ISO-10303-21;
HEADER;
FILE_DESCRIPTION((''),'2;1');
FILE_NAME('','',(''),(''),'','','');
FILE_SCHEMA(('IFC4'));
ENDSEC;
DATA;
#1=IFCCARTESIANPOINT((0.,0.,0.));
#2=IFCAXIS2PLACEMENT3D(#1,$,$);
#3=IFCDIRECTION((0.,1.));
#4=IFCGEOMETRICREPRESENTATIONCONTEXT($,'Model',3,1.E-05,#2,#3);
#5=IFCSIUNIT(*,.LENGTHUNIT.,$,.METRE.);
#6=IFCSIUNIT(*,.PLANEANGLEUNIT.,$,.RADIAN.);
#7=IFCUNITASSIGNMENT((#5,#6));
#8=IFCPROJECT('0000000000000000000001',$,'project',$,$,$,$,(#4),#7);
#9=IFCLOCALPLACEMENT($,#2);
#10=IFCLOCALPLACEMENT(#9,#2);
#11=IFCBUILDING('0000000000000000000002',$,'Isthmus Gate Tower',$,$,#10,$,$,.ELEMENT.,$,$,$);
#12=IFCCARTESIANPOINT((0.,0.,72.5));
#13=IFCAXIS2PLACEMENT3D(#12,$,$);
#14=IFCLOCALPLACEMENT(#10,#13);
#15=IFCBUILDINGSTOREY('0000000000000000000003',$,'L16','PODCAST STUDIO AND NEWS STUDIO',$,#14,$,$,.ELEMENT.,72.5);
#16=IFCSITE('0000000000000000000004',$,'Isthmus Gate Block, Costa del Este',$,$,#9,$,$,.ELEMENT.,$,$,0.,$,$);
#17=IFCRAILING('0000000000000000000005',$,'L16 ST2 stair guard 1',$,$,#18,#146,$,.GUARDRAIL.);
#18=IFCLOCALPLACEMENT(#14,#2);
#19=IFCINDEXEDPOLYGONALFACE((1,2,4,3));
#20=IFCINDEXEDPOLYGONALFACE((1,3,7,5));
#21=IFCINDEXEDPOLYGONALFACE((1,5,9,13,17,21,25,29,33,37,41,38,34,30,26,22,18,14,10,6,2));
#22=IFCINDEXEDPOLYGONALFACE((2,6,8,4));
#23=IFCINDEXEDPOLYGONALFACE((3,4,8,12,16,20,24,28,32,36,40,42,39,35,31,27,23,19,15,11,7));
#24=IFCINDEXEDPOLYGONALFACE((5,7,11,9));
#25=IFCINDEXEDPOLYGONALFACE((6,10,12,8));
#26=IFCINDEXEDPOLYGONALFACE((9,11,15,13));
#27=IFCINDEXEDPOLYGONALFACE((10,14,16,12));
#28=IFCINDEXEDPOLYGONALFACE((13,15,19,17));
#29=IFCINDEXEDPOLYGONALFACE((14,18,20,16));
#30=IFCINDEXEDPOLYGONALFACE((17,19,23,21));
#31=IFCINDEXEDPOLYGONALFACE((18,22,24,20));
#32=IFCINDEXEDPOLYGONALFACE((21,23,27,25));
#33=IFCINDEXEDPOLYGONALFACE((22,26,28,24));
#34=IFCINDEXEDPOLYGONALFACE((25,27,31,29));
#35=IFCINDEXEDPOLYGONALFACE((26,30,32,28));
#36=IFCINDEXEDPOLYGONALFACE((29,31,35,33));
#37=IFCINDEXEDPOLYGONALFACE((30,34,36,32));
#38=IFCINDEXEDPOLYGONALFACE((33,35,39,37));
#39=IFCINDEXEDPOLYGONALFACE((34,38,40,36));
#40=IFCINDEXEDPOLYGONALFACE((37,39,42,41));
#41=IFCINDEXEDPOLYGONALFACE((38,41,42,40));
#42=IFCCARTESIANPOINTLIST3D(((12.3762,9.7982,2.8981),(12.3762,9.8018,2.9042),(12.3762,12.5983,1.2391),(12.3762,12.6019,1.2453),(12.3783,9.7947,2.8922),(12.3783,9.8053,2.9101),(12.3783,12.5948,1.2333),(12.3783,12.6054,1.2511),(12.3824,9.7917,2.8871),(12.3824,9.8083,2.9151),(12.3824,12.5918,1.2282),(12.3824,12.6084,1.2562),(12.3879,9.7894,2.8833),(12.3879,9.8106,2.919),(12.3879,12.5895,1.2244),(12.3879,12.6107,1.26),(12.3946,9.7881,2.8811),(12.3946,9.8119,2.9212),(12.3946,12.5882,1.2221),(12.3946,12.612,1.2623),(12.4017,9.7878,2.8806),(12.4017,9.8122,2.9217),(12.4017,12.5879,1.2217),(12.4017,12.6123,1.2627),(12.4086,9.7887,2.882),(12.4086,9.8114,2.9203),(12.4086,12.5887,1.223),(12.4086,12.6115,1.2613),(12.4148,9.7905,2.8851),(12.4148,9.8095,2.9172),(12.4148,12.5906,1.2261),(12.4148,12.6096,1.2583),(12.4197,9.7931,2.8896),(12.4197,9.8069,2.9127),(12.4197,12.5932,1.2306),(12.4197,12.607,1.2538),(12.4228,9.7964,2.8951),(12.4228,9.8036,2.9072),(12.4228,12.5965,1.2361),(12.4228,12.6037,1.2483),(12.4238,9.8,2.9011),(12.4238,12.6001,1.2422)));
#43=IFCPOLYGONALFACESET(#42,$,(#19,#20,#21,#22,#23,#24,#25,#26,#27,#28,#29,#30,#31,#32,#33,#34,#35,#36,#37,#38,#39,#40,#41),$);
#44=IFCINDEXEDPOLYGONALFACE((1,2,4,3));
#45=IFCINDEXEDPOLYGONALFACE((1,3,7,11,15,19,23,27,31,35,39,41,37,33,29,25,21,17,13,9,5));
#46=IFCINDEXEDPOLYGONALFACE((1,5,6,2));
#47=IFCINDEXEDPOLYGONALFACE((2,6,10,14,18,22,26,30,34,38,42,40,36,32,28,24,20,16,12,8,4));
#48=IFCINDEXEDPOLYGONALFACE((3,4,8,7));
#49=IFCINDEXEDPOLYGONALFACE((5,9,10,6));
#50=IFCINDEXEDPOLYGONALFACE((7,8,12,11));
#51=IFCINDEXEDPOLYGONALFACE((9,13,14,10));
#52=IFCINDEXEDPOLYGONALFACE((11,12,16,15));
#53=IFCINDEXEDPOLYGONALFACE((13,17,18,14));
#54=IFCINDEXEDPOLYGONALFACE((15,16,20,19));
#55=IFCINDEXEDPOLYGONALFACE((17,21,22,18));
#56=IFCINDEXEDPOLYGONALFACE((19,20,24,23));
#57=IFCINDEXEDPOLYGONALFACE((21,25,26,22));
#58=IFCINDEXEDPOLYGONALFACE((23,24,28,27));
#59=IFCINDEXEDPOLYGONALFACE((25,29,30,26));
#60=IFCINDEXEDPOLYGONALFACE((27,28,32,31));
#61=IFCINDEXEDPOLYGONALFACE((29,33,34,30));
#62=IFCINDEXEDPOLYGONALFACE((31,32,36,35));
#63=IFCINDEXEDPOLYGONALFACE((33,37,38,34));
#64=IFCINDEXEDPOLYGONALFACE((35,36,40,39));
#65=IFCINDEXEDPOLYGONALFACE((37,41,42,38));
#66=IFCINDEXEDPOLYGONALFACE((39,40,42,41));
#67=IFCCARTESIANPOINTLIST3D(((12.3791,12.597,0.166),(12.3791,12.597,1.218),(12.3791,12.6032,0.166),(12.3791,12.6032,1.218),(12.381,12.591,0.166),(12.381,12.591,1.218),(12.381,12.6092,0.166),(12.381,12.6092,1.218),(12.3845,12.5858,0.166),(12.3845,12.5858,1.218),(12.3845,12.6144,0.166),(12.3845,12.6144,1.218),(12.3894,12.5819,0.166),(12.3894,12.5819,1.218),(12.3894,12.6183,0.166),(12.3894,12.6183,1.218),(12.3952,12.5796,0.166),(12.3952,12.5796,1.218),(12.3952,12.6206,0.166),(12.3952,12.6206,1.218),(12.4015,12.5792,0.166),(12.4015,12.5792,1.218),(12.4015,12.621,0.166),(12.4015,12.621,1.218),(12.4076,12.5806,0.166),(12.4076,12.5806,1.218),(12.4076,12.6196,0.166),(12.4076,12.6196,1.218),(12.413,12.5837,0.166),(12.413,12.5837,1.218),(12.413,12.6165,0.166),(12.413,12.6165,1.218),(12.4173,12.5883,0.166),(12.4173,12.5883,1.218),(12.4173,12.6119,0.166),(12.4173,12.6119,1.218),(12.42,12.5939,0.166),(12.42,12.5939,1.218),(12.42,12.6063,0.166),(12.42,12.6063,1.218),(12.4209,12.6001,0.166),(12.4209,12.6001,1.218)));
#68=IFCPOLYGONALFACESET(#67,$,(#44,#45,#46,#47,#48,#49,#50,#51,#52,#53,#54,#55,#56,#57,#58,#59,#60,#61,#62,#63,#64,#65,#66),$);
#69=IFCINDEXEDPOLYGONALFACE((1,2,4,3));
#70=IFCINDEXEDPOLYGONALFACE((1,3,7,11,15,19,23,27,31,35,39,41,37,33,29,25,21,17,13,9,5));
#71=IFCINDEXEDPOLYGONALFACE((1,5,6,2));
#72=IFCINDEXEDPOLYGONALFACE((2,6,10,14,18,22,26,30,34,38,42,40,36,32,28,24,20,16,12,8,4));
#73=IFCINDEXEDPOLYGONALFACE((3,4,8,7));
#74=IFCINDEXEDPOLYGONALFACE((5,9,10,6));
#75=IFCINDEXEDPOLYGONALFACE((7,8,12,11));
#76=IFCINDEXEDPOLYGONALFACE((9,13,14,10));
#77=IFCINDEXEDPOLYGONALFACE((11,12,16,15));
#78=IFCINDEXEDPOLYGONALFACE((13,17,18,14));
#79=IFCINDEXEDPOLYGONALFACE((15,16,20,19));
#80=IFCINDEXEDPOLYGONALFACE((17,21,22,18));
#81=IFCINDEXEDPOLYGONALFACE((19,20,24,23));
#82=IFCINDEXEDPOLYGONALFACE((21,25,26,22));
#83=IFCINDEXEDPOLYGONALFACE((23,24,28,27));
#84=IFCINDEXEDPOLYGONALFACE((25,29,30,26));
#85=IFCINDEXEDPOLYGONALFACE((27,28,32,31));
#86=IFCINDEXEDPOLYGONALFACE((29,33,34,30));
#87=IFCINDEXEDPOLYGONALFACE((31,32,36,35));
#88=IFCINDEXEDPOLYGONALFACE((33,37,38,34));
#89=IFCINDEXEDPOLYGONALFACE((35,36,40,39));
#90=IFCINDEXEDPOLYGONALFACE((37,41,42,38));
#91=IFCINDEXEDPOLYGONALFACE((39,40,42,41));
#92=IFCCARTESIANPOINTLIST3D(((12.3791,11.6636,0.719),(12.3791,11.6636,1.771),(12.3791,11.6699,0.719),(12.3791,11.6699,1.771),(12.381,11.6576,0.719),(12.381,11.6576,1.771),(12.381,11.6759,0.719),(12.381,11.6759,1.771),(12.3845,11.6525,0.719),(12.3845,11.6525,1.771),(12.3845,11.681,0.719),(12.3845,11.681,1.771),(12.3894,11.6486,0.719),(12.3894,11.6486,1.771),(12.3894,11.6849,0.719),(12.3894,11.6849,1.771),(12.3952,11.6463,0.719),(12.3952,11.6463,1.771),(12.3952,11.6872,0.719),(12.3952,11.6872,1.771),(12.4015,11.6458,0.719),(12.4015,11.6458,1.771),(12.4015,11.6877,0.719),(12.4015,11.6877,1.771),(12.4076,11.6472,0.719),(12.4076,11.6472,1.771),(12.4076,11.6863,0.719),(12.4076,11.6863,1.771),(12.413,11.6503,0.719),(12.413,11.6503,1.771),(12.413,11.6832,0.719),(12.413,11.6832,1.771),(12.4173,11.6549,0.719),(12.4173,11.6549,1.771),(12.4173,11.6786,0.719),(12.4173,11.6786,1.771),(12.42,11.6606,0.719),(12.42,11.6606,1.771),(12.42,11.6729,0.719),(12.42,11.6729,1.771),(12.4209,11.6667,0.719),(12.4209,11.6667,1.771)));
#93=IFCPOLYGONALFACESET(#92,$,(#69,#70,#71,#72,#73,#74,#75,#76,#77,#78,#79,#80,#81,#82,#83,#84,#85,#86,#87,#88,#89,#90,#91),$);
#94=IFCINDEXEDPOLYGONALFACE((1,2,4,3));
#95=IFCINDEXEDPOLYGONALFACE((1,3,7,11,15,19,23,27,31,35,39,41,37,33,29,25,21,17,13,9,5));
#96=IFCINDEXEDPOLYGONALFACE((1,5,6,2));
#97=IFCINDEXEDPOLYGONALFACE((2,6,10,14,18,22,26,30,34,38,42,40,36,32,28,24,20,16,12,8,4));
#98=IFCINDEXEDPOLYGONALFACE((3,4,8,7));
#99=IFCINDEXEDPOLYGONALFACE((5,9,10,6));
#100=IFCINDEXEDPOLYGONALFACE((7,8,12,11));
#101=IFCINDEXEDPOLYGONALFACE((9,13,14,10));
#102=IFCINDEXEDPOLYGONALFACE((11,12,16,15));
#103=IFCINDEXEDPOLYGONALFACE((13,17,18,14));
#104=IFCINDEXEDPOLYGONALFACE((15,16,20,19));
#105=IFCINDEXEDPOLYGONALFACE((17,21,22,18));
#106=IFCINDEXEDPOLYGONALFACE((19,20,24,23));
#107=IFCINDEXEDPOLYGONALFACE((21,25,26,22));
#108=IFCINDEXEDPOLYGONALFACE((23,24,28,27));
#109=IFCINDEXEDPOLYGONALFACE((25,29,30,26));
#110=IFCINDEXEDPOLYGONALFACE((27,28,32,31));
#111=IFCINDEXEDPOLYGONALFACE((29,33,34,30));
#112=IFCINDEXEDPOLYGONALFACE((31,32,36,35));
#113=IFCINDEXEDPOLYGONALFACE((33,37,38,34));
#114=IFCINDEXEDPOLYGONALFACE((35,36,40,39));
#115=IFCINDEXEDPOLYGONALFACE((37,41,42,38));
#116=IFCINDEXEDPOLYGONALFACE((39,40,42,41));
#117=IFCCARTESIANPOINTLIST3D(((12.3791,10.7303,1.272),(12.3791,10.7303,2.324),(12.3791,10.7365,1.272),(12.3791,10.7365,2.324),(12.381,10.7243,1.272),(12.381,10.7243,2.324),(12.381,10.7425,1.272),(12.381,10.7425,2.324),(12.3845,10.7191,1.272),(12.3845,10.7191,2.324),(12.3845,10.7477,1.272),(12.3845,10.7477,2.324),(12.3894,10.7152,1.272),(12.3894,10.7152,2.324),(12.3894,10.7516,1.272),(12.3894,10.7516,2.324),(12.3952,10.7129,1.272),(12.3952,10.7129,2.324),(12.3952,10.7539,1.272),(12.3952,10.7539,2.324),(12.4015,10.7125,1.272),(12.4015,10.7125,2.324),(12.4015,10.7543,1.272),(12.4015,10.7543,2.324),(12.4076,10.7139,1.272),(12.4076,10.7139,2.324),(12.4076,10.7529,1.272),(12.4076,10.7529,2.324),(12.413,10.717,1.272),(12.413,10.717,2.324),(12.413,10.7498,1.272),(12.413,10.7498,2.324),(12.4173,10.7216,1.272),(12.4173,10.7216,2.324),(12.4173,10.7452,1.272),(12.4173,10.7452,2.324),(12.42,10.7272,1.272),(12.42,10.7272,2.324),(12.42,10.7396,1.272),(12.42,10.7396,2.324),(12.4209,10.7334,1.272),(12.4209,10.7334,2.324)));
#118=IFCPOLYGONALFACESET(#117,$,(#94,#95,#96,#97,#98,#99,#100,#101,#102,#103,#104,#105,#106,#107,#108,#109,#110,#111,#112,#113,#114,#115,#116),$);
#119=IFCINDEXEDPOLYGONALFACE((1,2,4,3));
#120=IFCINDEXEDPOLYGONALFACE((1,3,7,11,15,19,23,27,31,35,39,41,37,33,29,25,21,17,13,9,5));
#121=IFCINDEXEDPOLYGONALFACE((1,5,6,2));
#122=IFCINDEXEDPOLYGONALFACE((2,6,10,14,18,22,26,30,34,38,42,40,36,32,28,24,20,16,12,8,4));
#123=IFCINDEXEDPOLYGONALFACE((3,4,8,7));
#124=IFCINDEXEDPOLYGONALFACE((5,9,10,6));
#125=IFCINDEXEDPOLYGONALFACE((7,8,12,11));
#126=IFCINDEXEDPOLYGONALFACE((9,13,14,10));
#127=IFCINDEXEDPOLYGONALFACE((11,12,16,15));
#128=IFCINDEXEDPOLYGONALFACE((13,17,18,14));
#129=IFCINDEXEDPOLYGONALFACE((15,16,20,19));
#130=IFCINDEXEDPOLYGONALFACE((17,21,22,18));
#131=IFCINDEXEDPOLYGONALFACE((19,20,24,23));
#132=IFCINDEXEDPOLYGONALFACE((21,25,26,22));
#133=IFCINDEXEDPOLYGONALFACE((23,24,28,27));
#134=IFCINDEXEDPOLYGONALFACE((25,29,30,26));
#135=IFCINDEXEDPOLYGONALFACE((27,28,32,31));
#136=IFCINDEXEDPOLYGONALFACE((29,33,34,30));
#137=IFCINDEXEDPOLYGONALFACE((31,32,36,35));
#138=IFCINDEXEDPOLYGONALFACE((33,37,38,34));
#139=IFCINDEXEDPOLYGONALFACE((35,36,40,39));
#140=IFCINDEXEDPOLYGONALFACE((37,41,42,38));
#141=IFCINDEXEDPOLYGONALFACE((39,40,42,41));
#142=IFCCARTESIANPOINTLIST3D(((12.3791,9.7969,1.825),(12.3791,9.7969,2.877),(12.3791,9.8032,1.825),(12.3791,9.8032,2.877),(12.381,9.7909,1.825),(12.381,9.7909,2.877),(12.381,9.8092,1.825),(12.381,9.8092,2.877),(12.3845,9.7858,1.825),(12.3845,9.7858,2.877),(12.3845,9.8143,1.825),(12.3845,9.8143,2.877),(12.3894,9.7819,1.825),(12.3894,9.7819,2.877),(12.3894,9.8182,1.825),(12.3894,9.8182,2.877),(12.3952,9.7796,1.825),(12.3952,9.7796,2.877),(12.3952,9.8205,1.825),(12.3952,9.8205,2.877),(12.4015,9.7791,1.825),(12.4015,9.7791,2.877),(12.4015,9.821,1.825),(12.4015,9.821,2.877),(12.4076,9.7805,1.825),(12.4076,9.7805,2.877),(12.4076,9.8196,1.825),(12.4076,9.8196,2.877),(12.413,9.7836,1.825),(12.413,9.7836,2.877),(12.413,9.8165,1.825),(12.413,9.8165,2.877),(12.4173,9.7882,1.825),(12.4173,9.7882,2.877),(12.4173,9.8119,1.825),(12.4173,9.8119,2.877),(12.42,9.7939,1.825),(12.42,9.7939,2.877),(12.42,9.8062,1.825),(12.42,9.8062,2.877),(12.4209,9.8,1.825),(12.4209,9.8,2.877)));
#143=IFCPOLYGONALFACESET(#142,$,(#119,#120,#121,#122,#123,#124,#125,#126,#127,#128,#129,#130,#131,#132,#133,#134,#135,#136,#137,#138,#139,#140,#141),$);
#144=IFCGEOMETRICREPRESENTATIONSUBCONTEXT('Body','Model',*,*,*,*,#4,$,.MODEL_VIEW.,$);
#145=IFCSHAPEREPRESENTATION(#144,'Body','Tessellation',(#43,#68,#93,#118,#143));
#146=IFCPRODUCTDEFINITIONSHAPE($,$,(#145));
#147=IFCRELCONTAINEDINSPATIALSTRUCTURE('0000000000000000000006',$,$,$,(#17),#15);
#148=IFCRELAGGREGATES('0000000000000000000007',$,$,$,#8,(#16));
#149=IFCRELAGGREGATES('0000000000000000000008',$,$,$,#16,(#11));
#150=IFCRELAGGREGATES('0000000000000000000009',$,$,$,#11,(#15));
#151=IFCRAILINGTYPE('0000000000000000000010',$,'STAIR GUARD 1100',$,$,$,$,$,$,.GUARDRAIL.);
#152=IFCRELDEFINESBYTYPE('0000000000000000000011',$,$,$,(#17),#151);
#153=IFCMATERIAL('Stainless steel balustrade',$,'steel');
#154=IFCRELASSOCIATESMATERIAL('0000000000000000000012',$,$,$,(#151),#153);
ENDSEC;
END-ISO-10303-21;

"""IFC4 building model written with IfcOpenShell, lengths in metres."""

from ifc_helpers import new_model, si_unit, direction, frame, origin, origin_2d, place, context, subcontext, project, spatial, circle, extrude, material, type_object, element, save


model = new_model("IFC4")

# Units and contexts
model_context = context("Model", 3, precision=1e-05, world=origin(), true_north=direction((0.0, 1.0)))
body_context = subcontext(model_context, "Body", "Model", "MODEL_VIEW")
ifc_project = project(units=[si_unit("LENGTHUNIT", "METRE"), si_unit("PLANEANGLEUNIT", "RADIAN")], contexts=[model_context])

# Site, building, storey
site_placement = place(None, origin())
site = spatial("IfcSite", under=ifc_project, at=site_placement, Name="Isthmus Gate Block, Costa del Este", CompositionType="ELEMENT", RefElevation=0.0)
building_placement = place(site_placement, origin())
building = spatial("IfcBuilding", under=site, at=building_placement, Name="Isthmus Gate Tower", CompositionType="ELEMENT")
storey_placement = place(building_placement, frame((0.0, 0.0, 72.5)))
storey = spatial("IfcBuildingStorey", under=building, at=storey_placement, Name="L16", Description="PODCAST STUDIO AND NEWS STUDIO", CompositionType="ELEMENT", Elevation=72.5)

# Railing
ifc_material_1 = material(Name="Stainless steel balustrade", Category="steel")
railing_type_1 = type_object("IfcRailingType", Name="STAIR GUARD 1100", PredefinedType="GUARDRAIL", material=ifc_material_1)
railing_1_placement = place(storey_placement, frame((12.3999, 12.6001, 0.166)))
element("IfcRailing", 1, at=railing_1_placement, inside=storey, type_object=railing_type_1, Name="L16 ST2 stair guard 1", PredefinedType="GUARDRAIL", context=body_context, shape_type="SweptSolid", body=[
    extrude(circle(Radius=0.0239, at=origin_2d()), frame((0.0, 0.0, 1.0762), z_axis=(0.0, -0.860339, 0.509722), x_axis=(1.0, 0.0, 0.0)), (0.0, 0.0, 1.0), 3.2546),
    extrude(circle(Radius=0.021, at=origin_2d()), origin(), (0.0, 0.0, 1.0), 1.052),
    extrude(circle(Radius=0.021, at=origin_2d()), frame((0.0, -0.9333, 0.553)), (0.0, 0.0, 1.0), 1.052),
    extrude(circle(Radius=0.021, at=origin_2d()), frame((0.0, -1.8667, 1.106)), (0.0, 0.0, 1.0), 1.052),
    extrude(circle(Radius=0.021, at=origin_2d()), frame((0.0, -2.8, 1.6589)), (0.0, 0.0, 1.0), 1.052),
])

save(model, "model.ifc")
